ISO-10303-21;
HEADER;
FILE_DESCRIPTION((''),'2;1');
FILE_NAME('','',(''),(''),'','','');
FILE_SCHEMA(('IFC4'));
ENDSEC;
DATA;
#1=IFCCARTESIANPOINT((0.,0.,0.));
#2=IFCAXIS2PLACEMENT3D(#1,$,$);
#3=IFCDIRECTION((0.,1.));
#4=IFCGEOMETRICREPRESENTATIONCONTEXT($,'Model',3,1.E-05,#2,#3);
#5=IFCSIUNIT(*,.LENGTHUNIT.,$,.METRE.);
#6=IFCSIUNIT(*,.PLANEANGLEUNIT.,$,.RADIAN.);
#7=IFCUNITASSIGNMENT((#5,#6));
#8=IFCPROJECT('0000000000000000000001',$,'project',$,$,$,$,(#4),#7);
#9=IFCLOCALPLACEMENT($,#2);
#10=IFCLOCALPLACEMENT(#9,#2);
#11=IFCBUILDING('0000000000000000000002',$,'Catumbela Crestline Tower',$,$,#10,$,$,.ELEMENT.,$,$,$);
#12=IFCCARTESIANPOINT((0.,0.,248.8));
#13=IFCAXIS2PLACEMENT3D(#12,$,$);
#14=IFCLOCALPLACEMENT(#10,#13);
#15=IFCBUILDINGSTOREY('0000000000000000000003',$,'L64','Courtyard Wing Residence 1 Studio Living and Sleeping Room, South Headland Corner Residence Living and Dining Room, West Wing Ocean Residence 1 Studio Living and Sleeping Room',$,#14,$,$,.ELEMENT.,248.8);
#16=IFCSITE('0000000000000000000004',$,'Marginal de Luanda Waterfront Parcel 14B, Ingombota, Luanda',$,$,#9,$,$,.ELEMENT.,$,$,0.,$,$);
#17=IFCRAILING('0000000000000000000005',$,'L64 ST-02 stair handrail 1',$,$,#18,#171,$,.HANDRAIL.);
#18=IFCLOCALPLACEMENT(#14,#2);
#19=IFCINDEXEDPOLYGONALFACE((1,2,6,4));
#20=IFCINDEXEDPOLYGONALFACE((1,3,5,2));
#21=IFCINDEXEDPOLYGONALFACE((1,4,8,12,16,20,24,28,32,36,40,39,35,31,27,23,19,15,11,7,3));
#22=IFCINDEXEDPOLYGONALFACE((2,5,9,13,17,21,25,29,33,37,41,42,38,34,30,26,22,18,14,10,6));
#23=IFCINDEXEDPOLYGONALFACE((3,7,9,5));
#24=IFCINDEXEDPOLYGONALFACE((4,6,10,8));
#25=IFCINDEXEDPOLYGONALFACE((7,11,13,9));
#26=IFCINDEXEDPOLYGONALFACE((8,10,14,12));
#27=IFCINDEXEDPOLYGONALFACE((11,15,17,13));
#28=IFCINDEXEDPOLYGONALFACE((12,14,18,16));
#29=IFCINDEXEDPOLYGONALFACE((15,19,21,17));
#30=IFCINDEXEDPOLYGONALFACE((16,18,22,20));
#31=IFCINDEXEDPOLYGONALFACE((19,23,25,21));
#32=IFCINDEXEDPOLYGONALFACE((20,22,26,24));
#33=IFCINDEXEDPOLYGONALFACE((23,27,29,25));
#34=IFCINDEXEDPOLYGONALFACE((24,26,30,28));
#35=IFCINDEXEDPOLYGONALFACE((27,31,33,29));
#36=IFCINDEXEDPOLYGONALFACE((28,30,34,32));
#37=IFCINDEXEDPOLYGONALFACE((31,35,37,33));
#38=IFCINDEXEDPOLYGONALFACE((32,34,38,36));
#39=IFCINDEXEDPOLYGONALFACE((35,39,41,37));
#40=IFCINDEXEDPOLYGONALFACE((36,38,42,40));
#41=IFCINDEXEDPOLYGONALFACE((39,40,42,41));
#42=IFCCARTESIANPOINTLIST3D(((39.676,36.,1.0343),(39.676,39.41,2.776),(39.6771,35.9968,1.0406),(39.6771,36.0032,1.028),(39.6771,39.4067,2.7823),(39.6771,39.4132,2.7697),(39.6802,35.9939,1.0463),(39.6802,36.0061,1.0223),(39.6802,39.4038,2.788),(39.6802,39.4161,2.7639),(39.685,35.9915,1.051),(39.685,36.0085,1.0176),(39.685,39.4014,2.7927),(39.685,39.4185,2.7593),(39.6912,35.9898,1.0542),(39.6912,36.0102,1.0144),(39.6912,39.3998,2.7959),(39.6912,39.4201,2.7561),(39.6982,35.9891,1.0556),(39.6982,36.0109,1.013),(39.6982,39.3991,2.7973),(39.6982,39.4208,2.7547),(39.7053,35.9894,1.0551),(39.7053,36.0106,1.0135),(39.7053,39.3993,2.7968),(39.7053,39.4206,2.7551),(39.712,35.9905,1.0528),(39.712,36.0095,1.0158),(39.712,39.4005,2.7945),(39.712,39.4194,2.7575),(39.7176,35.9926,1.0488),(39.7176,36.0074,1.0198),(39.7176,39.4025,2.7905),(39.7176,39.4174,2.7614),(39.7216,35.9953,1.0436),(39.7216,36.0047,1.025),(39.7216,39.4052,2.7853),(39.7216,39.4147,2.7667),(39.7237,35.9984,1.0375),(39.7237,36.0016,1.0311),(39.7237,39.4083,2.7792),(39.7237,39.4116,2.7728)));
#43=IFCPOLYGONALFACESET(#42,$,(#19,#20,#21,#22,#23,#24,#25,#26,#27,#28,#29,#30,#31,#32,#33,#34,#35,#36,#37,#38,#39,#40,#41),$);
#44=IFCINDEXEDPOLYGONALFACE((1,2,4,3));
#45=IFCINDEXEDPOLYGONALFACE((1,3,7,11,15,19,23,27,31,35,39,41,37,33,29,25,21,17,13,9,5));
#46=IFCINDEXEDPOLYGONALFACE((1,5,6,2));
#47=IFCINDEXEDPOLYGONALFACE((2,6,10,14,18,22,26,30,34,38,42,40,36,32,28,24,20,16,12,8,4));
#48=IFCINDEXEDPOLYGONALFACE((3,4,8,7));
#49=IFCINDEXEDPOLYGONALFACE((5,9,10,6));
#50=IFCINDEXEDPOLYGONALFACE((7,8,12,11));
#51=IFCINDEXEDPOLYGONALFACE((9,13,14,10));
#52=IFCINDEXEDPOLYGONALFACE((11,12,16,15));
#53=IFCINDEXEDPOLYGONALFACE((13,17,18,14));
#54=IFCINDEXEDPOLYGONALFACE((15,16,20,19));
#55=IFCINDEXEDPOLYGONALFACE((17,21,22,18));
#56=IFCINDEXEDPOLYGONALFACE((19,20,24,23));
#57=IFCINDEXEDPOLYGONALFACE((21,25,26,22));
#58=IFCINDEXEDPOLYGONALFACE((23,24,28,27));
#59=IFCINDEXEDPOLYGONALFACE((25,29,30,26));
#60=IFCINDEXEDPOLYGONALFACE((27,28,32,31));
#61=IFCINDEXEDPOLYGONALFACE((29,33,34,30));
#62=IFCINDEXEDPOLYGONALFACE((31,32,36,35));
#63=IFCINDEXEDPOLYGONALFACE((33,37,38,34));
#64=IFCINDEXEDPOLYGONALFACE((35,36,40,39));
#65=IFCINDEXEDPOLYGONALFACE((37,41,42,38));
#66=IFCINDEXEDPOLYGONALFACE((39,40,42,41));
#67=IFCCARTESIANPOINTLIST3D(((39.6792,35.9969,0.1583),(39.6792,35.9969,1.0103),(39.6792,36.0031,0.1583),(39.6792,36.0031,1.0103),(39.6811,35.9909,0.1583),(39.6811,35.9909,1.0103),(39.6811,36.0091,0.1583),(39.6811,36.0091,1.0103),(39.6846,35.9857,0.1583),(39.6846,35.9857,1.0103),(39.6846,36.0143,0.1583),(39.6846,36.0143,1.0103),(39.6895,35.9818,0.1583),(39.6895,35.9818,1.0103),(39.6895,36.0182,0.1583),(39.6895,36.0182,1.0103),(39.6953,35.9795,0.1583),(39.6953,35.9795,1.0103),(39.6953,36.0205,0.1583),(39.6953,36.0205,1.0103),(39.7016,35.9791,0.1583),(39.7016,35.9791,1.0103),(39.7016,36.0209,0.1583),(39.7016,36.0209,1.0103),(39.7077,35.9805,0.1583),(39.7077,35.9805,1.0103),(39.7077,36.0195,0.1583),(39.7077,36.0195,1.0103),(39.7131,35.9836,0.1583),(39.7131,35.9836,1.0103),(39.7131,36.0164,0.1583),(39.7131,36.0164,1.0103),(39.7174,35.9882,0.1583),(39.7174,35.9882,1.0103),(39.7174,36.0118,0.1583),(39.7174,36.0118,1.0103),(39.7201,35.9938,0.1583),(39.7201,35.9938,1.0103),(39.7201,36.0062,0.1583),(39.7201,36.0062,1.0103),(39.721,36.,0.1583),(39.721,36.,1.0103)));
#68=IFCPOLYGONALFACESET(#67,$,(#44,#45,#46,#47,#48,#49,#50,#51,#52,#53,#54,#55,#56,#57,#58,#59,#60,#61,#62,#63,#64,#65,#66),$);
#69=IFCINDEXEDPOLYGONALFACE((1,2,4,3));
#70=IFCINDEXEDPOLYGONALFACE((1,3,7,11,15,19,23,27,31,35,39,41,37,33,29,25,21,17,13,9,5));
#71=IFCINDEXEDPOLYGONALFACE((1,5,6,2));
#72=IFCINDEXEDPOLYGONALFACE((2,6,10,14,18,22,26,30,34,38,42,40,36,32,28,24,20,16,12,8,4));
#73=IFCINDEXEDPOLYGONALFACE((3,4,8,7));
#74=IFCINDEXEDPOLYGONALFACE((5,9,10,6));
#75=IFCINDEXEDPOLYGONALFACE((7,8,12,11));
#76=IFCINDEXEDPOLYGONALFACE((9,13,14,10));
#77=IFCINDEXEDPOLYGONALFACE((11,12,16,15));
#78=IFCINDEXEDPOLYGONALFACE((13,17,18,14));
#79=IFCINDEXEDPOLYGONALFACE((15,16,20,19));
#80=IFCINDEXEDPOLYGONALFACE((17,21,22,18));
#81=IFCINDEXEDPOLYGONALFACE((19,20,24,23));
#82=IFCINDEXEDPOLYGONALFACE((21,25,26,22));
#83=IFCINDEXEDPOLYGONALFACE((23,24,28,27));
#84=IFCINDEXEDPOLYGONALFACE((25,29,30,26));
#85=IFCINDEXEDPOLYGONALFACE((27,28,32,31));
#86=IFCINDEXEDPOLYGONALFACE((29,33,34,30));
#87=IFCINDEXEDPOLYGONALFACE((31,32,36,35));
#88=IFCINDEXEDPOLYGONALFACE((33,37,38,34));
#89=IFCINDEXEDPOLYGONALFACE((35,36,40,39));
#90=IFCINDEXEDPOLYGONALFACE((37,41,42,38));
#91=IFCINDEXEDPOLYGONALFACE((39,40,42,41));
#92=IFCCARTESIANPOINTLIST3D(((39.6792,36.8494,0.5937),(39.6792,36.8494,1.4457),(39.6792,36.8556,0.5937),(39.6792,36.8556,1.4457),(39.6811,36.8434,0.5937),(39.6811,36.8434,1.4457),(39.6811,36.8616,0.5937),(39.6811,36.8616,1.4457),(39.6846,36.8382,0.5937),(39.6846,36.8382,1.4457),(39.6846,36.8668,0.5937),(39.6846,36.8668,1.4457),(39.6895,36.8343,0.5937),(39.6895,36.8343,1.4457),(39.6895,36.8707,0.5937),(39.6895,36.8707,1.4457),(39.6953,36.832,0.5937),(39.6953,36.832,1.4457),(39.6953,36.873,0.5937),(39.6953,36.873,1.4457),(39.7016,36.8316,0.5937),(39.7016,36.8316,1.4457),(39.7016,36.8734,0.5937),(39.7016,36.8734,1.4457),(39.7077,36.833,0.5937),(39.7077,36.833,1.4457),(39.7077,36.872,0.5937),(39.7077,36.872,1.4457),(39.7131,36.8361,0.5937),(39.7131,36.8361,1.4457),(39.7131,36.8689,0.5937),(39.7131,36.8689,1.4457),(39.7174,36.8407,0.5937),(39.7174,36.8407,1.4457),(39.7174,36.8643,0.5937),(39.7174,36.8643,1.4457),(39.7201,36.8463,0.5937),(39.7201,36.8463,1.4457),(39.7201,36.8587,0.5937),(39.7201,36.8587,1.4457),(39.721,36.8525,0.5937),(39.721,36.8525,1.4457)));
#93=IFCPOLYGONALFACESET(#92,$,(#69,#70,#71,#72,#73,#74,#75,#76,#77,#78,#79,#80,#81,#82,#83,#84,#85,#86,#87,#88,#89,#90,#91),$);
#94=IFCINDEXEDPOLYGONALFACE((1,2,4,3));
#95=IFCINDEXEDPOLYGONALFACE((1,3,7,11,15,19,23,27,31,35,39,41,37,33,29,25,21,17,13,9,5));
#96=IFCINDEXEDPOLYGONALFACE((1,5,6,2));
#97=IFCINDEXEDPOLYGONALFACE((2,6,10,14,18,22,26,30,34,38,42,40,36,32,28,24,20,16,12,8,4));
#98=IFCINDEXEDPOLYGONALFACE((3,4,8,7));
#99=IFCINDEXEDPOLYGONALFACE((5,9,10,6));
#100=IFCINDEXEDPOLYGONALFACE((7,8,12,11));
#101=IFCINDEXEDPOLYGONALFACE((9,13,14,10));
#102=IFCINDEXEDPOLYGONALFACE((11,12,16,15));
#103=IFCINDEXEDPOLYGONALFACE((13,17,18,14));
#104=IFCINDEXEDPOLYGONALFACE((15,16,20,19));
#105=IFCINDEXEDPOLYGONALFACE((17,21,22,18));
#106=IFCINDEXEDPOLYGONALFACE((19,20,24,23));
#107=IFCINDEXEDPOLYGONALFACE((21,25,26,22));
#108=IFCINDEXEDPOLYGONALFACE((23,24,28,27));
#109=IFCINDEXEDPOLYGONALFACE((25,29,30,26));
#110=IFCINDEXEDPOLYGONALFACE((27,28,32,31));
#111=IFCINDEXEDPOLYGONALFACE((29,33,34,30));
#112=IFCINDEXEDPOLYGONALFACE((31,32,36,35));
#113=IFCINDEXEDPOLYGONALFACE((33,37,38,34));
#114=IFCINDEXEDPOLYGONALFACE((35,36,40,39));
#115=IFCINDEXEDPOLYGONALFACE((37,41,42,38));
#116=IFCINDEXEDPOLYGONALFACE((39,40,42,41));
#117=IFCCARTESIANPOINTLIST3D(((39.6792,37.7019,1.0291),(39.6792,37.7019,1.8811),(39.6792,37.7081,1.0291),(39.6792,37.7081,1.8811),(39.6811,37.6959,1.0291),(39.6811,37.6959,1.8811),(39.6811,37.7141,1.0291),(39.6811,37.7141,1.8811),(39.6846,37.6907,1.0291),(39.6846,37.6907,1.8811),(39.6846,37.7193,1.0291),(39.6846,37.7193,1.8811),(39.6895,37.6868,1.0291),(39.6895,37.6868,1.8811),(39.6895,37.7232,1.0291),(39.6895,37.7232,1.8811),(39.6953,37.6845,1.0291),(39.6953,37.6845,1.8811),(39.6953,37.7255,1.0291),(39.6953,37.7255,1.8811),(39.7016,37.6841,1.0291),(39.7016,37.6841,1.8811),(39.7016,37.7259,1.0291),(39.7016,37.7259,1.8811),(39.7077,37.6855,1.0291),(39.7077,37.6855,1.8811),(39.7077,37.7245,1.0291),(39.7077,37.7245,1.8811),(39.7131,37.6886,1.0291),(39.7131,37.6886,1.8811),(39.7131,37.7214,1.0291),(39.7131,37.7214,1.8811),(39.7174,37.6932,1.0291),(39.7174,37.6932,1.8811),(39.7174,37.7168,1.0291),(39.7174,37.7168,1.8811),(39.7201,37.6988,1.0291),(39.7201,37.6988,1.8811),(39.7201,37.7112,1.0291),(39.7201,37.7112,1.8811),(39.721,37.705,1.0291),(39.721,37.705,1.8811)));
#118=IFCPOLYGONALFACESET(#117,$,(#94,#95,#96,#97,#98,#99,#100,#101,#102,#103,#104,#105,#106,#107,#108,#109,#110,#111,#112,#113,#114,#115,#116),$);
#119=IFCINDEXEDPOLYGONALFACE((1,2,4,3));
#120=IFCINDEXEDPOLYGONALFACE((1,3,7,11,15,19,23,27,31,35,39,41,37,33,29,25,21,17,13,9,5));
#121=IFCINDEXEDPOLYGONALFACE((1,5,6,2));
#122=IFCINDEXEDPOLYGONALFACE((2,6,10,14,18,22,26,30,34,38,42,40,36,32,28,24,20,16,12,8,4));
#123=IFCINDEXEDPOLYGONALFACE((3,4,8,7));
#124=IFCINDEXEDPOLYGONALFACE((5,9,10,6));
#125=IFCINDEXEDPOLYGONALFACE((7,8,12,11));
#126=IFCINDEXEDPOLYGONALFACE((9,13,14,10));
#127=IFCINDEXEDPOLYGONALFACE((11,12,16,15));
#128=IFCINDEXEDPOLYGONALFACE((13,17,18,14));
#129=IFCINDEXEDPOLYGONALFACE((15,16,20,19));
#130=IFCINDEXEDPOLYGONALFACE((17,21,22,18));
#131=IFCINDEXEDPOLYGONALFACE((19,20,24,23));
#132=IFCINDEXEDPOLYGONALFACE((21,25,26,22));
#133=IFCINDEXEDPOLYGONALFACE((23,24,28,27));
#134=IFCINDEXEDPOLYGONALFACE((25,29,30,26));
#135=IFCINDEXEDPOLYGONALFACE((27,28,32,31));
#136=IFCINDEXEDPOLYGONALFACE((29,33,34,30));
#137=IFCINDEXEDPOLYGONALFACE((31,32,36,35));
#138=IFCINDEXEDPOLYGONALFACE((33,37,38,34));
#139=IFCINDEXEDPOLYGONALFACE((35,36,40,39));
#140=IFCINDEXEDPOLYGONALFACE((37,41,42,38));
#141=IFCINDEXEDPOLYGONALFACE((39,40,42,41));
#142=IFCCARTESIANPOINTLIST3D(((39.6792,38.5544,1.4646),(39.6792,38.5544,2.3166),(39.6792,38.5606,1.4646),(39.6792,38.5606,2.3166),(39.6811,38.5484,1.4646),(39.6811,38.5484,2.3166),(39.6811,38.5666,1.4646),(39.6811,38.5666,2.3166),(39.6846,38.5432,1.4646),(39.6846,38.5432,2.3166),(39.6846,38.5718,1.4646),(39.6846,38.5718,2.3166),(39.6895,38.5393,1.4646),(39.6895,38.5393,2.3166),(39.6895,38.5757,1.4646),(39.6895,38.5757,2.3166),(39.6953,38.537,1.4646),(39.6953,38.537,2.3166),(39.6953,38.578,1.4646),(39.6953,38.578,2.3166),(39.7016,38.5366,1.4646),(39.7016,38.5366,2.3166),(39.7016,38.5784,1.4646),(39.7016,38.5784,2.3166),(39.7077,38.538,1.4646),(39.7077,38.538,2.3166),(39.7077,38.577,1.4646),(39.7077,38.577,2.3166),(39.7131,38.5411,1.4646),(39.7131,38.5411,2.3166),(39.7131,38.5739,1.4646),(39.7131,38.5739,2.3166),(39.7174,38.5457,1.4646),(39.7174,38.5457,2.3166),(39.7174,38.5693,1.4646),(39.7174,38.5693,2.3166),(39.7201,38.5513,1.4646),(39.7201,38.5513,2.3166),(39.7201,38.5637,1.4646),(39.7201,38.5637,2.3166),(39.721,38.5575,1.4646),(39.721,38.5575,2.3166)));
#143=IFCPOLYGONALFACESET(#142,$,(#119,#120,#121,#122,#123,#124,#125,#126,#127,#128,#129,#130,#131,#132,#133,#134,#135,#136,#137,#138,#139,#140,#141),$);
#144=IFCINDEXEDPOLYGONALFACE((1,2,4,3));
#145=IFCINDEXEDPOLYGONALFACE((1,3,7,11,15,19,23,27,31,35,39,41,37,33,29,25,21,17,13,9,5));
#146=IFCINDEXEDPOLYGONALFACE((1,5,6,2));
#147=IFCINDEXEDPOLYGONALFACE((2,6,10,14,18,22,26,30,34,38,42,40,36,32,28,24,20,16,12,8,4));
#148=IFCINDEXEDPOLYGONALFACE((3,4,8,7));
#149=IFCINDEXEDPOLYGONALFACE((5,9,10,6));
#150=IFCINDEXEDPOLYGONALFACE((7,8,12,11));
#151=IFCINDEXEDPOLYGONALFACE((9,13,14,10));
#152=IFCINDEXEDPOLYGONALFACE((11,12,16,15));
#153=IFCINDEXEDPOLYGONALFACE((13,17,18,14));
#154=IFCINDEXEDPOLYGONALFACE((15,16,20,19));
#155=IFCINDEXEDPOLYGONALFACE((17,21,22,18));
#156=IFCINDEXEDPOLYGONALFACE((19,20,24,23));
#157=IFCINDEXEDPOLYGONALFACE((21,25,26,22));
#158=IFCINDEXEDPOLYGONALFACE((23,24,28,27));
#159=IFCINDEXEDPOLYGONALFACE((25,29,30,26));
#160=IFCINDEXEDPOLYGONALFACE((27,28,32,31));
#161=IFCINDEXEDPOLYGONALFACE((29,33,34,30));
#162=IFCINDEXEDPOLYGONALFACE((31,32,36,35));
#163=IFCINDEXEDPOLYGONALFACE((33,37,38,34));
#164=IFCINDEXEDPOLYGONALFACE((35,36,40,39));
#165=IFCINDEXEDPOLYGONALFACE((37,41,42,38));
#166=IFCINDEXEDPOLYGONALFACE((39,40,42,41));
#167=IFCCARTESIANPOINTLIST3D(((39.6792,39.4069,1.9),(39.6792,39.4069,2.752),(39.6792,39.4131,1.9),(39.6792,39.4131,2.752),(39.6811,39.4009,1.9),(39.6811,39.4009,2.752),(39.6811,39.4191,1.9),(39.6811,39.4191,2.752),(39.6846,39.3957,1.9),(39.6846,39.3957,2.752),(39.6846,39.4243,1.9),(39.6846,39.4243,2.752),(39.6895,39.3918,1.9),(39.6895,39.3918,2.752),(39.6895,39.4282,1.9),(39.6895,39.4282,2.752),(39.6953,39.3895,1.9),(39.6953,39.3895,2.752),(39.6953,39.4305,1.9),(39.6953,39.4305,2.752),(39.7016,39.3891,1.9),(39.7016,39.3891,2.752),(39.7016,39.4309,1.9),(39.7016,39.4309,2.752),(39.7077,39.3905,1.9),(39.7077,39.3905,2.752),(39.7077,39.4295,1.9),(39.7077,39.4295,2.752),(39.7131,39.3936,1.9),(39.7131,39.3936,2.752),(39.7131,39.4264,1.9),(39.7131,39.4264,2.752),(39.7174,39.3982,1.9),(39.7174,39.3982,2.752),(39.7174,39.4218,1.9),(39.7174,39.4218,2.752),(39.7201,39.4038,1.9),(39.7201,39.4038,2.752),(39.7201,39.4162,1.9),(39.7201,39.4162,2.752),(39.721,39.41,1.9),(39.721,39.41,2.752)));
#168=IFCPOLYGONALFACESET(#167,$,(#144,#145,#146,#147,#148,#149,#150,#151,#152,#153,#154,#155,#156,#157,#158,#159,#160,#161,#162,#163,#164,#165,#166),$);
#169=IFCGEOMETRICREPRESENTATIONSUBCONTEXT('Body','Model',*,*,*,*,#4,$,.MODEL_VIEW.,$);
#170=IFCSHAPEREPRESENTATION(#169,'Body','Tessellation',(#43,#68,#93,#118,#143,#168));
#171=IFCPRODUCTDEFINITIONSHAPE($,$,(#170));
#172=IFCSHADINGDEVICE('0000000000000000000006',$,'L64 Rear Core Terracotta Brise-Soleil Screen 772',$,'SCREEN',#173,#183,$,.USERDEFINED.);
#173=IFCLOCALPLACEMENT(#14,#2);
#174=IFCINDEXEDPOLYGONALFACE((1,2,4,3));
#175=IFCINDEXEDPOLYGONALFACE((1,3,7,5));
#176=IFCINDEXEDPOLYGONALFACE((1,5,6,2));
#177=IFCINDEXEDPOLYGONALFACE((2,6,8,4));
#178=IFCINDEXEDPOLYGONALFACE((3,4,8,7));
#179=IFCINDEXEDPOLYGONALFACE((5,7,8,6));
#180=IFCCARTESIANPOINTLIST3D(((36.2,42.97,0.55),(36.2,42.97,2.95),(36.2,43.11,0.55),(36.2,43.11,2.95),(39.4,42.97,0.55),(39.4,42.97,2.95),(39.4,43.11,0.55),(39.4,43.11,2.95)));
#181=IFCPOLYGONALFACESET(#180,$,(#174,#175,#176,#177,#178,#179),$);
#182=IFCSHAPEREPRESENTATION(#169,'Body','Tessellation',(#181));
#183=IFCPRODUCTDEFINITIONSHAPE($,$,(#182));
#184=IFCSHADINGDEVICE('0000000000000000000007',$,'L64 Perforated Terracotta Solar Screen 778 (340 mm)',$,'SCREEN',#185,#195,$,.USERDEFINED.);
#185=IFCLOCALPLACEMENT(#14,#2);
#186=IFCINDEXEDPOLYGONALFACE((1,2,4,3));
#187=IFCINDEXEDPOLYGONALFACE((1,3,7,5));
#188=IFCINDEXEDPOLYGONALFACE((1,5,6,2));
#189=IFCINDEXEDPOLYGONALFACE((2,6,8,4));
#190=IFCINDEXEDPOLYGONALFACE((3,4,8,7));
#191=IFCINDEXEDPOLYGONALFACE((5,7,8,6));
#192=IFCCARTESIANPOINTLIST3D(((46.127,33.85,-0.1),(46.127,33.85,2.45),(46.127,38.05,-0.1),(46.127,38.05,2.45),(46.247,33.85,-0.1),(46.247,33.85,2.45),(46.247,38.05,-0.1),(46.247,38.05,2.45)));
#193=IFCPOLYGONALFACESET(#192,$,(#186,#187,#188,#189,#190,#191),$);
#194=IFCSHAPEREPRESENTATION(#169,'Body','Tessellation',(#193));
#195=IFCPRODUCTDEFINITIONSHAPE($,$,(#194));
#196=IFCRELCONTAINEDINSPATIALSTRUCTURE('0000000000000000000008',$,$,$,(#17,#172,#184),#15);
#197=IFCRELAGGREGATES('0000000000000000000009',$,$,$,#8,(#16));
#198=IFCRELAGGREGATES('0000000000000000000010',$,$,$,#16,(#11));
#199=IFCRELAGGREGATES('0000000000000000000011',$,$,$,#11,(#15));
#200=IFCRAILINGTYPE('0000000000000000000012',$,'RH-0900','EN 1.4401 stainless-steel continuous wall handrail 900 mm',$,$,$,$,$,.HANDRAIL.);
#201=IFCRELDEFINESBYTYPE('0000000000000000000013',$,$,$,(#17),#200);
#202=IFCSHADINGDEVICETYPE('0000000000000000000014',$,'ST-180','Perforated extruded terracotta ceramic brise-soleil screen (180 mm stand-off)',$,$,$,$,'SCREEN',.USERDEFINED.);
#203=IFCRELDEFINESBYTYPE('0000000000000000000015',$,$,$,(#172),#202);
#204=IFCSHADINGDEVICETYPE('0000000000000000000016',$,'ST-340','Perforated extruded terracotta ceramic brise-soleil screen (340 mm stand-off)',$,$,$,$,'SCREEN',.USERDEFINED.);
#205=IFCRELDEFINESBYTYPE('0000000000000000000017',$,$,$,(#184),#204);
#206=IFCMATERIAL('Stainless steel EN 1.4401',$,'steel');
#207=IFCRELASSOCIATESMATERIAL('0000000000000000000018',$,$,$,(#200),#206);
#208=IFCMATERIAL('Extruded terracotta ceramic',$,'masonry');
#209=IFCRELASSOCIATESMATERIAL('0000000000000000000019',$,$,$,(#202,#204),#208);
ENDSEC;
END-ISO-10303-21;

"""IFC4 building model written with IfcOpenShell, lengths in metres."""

from ifc_helpers import new_model, si_unit, direction, frame, origin, origin_2d, place, context, subcontext, project, spatial, rectangle, circle, extrude, material, type_object, element, save


model = new_model("IFC4")

# Units and contexts
model_context = context("Model", 3, precision=1e-05, world=origin(), true_north=direction((0.0, 1.0)))
body_context = subcontext(model_context, "Body", "Model", "MODEL_VIEW")
ifc_project = project(units=[si_unit("LENGTHUNIT", "METRE"), si_unit("PLANEANGLEUNIT", "RADIAN")], contexts=[model_context])

# Site, building, storey
site_placement = place(None, origin())
site = spatial("IfcSite", under=ifc_project, at=site_placement, Name="Marginal de Luanda Waterfront Parcel 14B, Ingombota, Luanda", CompositionType="ELEMENT", RefElevation=0.0)
building_placement = place(site_placement, origin())
building = spatial("IfcBuilding", under=site, at=building_placement, Name="Catumbela Crestline Tower", CompositionType="ELEMENT")
storey_placement = place(building_placement, frame((0.0, 0.0, 248.8)))
storey = spatial("IfcBuildingStorey", under=building, at=storey_placement, Name="L64", Description="Courtyard Wing Residence 1 Studio Living and Sleeping Room, South Headland Corner Residence Living and Dining Room, West Wing Ocean Residence 1 Studio Living and Sleeping Room", CompositionType="ELEMENT", Elevation=248.8)

# Railing
ifc_material_1 = material(Name="Stainless steel EN 1.4401", Category="steel")
railing_type_1 = type_object("IfcRailingType", Name="RH-0900", Description="EN 1.4401 stainless-steel continuous wall handrail 900 mm", PredefinedType="HANDRAIL", material=ifc_material_1)
railing_1_placement = place(storey_placement, frame((39.7, 36.0, 0.1583)))
element("IfcRailing", 1, at=railing_1_placement, inside=storey, type_object=railing_type_1, Name="L64 ST-02 stair handrail 1", PredefinedType="HANDRAIL", context=body_context, shape_type="SweptSolid", body=[
    extrude(circle(Radius=0.024, at=origin_2d()), frame((0.0, 0.0, 0.876), z_axis=(0.0, 0.89056, 0.454865), x_axis=(-1.0, 0.0, 0.0)), (0.0, 0.0, 1.0), 3.829),
    extrude(circle(Radius=0.021, at=origin_2d()), origin(), (0.0, 0.0, 1.0), 0.852),
    extrude(circle(Radius=0.021, at=origin_2d()), frame((0.0, 0.8525, 0.4354)), (0.0, 0.0, 1.0), 0.852),
    extrude(circle(Radius=0.021, at=origin_2d()), frame((0.0, 1.705, 0.8708)), (0.0, 0.0, 1.0), 0.852),
    extrude(circle(Radius=0.021, at=origin_2d()), frame((0.0, 2.5575, 1.3063)), (0.0, 0.0, 1.0), 0.852),
    extrude(circle(Radius=0.021, at=origin_2d()), frame((0.0, 3.41, 1.7417)), (0.0, 0.0, 1.0), 0.852),
])

# Shading devices
ifc_material_2 = material(Name="Extruded terracotta ceramic", Category="masonry")
shading_device_type_1 = type_object("IfcShadingDeviceType", Name="ST-180", Description="Perforated extruded terracotta ceramic brise-soleil screen (180 mm stand-off)", ElementType="SCREEN", PredefinedType="USERDEFINED", material=ifc_material_2)
shading_device_1_placement = place(storey_placement, frame((37.8, 43.04, 0.55), z_axis=(0.0, 0.0, 1.0), x_axis=(1.0, 0.0, 0.0)))
element("IfcShadingDevice", 2, at=shading_device_1_placement, inside=storey, type_object=shading_device_type_1, Name="L64 Rear Core Terracotta Brise-Soleil Screen 772", ObjectType="SCREEN", PredefinedType="USERDEFINED", context=body_context, shape_type="SweptSolid", body=[
    extrude(rectangle(XDim=3.2, YDim=0.14, at=origin_2d()), origin(), (0.0, 0.0, 1.0), 2.4),
])
shading_device_type_2 = type_object("IfcShadingDeviceType", Name="ST-340", Description="Perforated extruded terracotta ceramic brise-soleil screen (340 mm stand-off)", ElementType="SCREEN", PredefinedType="USERDEFINED", material=ifc_material_2)
shading_device_2_placement = place(storey_placement, frame((46.187, 35.95, -0.1), z_axis=(0.0, 0.0, 1.0), x_axis=(0.0, 1.0, 0.0)))
element("IfcShadingDevice", 3, at=shading_device_2_placement, inside=storey, type_object=shading_device_type_2, Name="L64 Perforated Terracotta Solar Screen 778 (340 mm)", ObjectType="SCREEN", PredefinedType="USERDEFINED", context=body_context, shape_type="SweptSolid", body=[
    extrude(rectangle(XDim=4.2, YDim=0.12, at=origin_2d()), origin(), (0.0, 0.0, 1.0), 2.55),
])

save(model, "model.ifc")
